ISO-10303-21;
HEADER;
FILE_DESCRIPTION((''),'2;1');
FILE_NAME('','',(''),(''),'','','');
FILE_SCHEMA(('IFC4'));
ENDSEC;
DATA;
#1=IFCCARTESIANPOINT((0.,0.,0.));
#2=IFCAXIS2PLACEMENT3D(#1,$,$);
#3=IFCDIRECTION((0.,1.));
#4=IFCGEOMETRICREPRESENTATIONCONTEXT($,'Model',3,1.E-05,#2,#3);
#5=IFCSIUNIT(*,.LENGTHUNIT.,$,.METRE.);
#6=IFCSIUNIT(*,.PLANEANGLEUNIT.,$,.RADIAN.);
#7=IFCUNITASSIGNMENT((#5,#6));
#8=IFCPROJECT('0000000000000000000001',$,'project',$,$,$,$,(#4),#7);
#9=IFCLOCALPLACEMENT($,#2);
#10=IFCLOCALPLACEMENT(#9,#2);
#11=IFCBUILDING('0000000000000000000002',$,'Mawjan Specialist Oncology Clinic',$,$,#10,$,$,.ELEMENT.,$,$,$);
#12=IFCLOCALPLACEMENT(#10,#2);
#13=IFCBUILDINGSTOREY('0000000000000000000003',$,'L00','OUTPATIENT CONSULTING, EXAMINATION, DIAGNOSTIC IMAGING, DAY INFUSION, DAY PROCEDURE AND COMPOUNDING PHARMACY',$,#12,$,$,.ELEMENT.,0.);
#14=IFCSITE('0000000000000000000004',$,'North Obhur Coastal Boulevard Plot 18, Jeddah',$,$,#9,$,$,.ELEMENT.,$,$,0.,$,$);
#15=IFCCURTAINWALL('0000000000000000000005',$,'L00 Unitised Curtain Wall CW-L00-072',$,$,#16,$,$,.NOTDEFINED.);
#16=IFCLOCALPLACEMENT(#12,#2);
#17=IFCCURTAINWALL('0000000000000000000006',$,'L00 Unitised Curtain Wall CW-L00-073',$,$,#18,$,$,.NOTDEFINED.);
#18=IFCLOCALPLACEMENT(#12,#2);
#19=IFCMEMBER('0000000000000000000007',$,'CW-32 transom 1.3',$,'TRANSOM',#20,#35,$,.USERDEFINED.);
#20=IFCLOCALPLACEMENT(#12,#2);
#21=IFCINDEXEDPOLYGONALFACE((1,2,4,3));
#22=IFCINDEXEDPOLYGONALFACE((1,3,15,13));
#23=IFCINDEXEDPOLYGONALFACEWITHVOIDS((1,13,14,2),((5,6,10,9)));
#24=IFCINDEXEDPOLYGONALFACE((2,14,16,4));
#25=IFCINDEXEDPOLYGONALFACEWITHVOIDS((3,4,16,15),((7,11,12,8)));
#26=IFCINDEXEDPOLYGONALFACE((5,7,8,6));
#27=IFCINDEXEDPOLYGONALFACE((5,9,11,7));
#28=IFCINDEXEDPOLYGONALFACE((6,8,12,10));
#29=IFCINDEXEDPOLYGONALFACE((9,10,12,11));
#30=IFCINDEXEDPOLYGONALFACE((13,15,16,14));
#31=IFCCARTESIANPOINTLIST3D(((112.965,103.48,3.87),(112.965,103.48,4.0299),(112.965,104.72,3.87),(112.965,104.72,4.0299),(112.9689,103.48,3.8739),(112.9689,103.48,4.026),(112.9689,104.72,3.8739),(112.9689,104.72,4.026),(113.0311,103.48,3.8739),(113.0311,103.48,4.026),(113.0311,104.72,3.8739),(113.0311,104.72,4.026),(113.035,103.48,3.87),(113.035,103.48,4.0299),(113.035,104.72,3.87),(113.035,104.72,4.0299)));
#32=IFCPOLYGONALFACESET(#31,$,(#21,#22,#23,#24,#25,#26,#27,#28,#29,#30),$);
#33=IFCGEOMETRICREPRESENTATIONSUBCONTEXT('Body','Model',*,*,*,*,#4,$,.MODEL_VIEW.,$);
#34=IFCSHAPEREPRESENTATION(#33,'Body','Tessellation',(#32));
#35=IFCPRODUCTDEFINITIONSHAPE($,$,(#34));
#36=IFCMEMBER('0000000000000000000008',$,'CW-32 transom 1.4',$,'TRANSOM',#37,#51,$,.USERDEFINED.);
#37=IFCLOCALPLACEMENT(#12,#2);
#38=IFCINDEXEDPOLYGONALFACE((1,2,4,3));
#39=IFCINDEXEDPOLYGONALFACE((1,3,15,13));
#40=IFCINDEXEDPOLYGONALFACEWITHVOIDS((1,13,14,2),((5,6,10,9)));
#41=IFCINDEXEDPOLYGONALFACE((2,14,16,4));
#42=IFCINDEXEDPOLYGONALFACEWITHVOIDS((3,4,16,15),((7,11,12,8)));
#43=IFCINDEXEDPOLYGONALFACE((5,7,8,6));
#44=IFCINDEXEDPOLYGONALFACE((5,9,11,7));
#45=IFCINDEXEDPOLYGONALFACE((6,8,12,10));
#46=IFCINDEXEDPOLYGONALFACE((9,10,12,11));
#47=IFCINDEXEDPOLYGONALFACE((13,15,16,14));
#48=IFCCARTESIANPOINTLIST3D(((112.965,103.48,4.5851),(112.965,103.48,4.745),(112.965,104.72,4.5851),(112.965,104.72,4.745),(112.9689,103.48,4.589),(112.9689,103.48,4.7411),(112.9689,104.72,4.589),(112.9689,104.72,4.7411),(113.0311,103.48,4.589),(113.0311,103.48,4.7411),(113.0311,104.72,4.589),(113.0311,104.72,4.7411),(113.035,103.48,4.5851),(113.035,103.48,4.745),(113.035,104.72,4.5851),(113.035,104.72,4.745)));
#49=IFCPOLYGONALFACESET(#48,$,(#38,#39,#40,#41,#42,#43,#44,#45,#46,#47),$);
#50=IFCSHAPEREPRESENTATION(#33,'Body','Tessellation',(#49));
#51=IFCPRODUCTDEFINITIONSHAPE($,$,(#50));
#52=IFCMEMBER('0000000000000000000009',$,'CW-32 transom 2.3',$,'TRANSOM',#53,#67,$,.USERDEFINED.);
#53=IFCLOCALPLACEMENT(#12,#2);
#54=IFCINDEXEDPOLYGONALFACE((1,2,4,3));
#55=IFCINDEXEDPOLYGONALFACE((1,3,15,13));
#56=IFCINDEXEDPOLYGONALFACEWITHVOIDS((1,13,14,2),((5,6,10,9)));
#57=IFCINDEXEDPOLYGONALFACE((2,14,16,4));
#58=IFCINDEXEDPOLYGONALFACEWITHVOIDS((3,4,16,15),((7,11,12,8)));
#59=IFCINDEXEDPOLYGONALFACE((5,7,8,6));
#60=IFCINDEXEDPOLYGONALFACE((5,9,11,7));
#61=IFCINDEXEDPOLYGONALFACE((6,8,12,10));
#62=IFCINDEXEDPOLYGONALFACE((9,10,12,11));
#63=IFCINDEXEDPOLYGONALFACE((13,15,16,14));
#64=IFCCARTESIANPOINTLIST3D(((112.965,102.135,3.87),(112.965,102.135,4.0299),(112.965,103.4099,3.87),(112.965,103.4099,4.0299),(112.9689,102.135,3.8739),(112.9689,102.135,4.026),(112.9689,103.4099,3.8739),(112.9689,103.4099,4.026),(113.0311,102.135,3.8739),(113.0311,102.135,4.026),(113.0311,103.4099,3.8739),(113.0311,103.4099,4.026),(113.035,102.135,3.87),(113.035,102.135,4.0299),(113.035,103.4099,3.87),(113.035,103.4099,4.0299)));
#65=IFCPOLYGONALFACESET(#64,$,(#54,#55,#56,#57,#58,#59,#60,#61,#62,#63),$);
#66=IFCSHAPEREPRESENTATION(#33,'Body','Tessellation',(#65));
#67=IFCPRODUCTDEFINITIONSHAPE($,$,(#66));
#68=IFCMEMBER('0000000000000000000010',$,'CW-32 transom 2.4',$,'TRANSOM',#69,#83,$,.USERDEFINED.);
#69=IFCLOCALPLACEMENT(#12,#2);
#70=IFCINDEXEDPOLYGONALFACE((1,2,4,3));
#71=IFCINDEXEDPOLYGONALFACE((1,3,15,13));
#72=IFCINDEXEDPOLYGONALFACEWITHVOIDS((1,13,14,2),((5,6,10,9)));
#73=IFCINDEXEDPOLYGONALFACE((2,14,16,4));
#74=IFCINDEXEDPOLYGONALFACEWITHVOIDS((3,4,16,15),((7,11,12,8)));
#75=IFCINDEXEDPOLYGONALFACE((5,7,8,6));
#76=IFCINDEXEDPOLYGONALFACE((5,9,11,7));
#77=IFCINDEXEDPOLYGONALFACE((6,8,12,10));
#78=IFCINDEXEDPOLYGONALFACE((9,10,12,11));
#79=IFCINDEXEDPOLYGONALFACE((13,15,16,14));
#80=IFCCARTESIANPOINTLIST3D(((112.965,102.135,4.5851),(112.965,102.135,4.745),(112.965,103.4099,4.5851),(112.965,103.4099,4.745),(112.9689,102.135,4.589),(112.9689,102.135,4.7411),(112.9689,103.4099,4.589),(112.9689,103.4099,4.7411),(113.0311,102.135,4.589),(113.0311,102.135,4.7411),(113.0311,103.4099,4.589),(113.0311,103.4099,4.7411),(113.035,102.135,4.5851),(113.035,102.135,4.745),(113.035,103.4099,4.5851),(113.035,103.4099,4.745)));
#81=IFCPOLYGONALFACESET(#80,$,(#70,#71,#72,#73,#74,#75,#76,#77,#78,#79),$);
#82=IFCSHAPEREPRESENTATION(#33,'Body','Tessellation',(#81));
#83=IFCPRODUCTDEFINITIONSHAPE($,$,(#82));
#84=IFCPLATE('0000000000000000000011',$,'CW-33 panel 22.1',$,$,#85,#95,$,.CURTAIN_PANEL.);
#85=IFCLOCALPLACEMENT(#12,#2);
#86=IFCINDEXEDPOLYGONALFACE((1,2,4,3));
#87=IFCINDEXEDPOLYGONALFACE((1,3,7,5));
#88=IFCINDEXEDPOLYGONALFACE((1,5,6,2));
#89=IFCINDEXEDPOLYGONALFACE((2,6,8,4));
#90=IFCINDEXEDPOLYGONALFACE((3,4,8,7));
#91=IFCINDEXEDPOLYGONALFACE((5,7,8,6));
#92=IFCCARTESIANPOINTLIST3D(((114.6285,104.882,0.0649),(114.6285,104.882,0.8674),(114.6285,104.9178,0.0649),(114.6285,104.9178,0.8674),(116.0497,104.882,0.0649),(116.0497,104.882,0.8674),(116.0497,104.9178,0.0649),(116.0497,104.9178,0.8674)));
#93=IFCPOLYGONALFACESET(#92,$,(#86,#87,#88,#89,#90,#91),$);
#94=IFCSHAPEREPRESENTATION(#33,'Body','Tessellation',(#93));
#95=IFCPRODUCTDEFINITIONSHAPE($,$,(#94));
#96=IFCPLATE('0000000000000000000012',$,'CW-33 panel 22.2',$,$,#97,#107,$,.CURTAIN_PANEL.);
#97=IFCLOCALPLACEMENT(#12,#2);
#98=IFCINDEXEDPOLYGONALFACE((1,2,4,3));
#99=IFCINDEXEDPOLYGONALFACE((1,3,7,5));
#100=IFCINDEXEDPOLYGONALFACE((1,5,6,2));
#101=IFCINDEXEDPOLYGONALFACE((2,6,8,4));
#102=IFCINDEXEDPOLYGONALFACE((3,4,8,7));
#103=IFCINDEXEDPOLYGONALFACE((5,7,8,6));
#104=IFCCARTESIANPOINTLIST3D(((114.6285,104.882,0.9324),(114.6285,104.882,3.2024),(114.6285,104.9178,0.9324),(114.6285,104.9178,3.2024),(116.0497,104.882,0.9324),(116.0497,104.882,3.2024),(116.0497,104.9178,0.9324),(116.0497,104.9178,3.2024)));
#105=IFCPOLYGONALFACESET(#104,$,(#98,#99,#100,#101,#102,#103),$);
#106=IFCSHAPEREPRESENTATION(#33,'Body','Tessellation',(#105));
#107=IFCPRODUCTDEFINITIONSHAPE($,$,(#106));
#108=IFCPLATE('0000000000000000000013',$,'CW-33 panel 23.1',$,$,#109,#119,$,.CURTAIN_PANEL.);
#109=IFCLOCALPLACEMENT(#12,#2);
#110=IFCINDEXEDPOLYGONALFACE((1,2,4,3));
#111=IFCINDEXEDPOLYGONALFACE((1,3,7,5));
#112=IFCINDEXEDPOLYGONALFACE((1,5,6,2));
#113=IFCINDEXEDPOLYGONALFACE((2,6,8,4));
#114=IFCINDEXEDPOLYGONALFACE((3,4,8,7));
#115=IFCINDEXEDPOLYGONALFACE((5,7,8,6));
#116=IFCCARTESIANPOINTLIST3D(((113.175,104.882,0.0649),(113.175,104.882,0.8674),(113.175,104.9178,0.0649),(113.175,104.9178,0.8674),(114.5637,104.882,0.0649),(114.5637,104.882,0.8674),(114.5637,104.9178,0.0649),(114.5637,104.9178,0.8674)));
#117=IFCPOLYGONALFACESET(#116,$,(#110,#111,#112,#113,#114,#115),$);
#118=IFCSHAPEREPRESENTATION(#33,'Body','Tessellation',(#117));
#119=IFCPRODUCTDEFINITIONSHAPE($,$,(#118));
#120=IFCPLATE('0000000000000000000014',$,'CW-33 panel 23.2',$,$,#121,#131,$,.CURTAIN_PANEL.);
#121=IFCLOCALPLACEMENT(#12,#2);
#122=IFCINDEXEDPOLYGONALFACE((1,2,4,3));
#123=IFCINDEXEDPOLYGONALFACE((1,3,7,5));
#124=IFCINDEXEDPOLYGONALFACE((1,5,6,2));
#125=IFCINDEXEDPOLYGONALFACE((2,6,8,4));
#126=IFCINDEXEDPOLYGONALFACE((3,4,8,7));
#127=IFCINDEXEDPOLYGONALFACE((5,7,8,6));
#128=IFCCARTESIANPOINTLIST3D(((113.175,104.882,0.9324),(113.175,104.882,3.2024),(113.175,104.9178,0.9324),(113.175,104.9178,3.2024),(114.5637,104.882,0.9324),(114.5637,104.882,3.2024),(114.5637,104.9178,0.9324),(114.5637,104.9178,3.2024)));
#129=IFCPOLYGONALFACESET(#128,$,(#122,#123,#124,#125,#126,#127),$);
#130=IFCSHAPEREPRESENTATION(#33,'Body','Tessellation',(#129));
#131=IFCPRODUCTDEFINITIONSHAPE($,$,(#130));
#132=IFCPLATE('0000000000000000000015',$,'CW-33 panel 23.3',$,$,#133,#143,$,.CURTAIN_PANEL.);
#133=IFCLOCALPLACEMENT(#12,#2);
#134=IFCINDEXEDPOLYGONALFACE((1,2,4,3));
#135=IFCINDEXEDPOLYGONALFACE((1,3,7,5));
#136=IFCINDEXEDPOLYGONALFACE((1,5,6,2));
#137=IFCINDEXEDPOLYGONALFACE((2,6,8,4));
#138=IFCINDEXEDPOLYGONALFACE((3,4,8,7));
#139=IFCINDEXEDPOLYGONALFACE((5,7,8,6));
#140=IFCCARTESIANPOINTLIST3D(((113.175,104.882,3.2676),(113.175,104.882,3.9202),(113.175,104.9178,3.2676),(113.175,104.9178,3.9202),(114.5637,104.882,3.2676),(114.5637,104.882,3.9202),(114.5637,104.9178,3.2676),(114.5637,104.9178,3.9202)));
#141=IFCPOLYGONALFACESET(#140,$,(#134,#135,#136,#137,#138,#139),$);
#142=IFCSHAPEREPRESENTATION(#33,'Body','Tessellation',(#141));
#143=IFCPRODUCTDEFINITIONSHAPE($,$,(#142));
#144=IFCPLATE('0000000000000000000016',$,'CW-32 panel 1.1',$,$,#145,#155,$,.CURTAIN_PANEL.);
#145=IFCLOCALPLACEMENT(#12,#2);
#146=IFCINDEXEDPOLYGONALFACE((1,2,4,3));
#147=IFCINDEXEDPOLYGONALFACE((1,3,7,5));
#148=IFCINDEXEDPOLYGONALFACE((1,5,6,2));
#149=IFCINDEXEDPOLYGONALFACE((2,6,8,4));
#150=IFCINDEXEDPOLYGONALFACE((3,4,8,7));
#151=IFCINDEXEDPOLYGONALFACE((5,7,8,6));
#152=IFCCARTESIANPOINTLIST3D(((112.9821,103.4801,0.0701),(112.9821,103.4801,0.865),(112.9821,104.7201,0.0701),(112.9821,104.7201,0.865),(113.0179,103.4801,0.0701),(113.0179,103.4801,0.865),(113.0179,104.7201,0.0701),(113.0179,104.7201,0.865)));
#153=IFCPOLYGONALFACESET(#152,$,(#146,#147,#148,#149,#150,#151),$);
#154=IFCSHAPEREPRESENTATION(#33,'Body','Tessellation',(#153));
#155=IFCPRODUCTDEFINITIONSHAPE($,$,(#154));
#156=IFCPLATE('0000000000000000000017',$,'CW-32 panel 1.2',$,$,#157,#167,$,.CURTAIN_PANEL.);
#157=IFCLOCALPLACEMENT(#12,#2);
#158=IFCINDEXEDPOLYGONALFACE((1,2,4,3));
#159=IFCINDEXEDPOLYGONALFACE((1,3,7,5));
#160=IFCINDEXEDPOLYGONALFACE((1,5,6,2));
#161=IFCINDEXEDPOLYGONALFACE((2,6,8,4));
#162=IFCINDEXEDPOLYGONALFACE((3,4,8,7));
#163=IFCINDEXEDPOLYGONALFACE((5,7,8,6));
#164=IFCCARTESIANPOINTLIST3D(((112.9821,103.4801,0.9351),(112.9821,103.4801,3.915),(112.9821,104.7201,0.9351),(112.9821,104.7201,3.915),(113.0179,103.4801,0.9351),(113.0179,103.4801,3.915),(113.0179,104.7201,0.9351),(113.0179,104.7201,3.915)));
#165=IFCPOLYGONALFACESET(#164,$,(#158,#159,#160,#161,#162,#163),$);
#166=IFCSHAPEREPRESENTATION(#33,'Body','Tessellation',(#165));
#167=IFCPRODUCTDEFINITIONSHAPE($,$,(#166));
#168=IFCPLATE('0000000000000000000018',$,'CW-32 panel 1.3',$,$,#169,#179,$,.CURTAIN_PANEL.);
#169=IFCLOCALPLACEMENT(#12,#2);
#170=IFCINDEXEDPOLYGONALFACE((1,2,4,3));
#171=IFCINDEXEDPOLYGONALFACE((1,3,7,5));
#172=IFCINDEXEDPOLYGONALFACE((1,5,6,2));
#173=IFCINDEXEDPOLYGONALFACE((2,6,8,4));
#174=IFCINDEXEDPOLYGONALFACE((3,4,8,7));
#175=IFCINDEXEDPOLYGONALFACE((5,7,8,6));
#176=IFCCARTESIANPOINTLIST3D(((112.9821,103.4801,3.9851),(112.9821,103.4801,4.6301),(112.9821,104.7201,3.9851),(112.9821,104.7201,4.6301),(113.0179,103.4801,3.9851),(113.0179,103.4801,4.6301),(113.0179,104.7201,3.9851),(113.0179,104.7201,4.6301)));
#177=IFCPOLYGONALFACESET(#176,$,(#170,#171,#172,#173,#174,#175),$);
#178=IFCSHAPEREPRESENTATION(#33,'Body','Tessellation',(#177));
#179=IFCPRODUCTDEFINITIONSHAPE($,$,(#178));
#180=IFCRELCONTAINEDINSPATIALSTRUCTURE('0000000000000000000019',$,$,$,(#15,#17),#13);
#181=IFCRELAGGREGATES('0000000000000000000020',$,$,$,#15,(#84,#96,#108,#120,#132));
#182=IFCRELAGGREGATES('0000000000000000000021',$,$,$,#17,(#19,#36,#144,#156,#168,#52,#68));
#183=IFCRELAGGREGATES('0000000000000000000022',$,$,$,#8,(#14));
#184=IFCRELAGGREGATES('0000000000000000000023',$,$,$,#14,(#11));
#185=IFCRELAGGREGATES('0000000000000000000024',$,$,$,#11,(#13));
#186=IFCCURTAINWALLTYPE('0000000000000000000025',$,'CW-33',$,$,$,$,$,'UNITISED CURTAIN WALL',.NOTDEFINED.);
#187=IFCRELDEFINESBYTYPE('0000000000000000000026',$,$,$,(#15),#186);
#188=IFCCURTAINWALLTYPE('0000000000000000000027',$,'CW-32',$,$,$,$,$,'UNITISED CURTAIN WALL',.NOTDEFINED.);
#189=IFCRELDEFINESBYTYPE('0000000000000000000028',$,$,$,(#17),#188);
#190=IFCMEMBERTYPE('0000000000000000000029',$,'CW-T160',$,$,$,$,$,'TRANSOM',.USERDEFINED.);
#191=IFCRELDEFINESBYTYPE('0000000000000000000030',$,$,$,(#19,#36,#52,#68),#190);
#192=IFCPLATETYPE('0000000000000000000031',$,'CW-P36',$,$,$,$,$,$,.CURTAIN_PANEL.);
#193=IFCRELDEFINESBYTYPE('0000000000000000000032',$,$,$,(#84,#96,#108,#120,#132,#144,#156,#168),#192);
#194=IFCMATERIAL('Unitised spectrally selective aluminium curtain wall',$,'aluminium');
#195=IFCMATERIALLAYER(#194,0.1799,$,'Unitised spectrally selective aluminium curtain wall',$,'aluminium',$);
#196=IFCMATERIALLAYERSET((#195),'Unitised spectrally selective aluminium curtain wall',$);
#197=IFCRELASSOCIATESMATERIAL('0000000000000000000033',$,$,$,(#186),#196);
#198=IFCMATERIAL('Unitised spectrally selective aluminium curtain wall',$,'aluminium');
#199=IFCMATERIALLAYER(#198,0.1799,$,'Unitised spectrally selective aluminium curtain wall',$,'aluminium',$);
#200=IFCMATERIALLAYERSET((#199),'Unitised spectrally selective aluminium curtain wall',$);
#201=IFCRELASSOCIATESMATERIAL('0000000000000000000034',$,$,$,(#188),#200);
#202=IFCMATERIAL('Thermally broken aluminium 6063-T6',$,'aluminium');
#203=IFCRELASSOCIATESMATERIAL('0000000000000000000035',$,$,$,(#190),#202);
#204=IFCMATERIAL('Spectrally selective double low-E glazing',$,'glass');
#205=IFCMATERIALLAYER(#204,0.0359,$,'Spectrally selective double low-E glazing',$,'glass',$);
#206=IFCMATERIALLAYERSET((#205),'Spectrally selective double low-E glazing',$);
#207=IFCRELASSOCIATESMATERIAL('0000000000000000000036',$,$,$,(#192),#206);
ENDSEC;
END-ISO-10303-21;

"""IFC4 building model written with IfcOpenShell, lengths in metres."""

from ifc_helpers import new_model, si_unit, direction, frame, origin, origin_2d, place, context, subcontext, project, spatial, rectangle, hollow_rectangle, extrude, material, layer, layer_set, material_profile, profile_set, type_object, element, aggregate, save


model = new_model("IFC4")

# Units and contexts
model_context = context("Model", 3, precision=1e-05, world=origin(), true_north=direction((0.0, 1.0)))
body_context = subcontext(model_context, "Body", "Model", "MODEL_VIEW")
ifc_project = project(units=[si_unit("LENGTHUNIT", "METRE"), si_unit("PLANEANGLEUNIT", "RADIAN")], contexts=[model_context])

# Site, building, storey
site_placement = place(None, origin())
site = spatial("IfcSite", under=ifc_project, at=site_placement, Name="North Obhur Coastal Boulevard Plot 18, Jeddah", CompositionType="ELEMENT", RefElevation=0.0)
building_placement = place(site_placement, origin())
building = spatial("IfcBuilding", under=site, at=building_placement, Name="Mawjan Specialist Oncology Clinic", CompositionType="ELEMENT")
storey_placement = place(building_placement, origin())
storey = spatial("IfcBuildingStorey", under=building, at=storey_placement, Name="L00", Description="OUTPATIENT CONSULTING, EXAMINATION, DIAGNOSTIC IMAGING, DAY INFUSION, DAY PROCEDURE AND COMPOUNDING PHARMACY", CompositionType="ELEMENT", Elevation=0.0)

# Curtain walls
ifc_material_1 = material(Name="Unitised spectrally selective aluminium curtain wall", Category="aluminium")
ifc_layer_1 = layer(ifc_material_1, 0.1799, Name="Unitised spectrally selective aluminium curtain wall", Category="aluminium")
ifc_layer_set_1 = layer_set([ifc_layer_1], Name="Unitised spectrally selective aluminium curtain wall")
curtain_wall_type_1 = type_object("IfcCurtainWallType", Name="CW-33", ElementType="UNITISED CURTAIN WALL", PredefinedType="NOTDEFINED", material=ifc_layer_set_1)
curtain_wall_1_placement = place(storey_placement, origin())
curtain_wall_1 = element("IfcCurtainWall", 1, at=curtain_wall_1_placement, inside=storey, type_object=curtain_wall_type_1, Name="L00 Unitised Curtain Wall CW-L00-072", PredefinedType="NOTDEFINED")
ifc_material_2 = material(Name="Unitised spectrally selective aluminium curtain wall", Category="aluminium")
ifc_layer_2 = layer(ifc_material_2, 0.1799, Name="Unitised spectrally selective aluminium curtain wall", Category="aluminium")
ifc_layer_set_2 = layer_set([ifc_layer_2], Name="Unitised spectrally selective aluminium curtain wall")
curtain_wall_type_2 = type_object("IfcCurtainWallType", Name="CW-32", ElementType="UNITISED CURTAIN WALL", PredefinedType="NOTDEFINED", material=ifc_layer_set_2)
curtain_wall_2_placement = place(storey_placement, origin())
curtain_wall_2 = element("IfcCurtainWall", 2, at=curtain_wall_2_placement, inside=storey, type_object=curtain_wall_type_2, Name="L00 Unitised Curtain Wall CW-L00-073", PredefinedType="NOTDEFINED")

# Members
ifc_material_3 = material(Name="Thermally broken aluminium 6063-T6", Category="aluminium")
ifc_material_profile_1 = material_profile(ifc_material_3, hollow_rectangle(XDim=0.0701, YDim=0.1599, WallThickness=0.0039, at=origin_2d()), Name="ALU TRANSOM 160x70x4", Category="aluminium")
ifc_profile_set_1 = profile_set([ifc_material_profile_1], Name="Thermally broken aluminium 6063-T6")
member_type_1 = type_object("IfcMemberType", Name="CW-T160", ElementType="TRANSOM", PredefinedType="USERDEFINED", material=ifc_profile_set_1)
member_1_placement = place(storey_placement, frame((113.0, 104.72, 3.95), z_axis=(0.0, -1.0, 0.0), x_axis=(1.0, 0.0, 0.0)))
member_1 = element("IfcMember", 3, at=member_1_placement, type_object=member_type_1, Name="CW-32 transom 1.3", ObjectType="TRANSOM", PredefinedType="USERDEFINED", context=body_context, shape_type="SweptSolid", body=[
    extrude(hollow_rectangle(XDim=0.0701, YDim=0.1599, WallThickness=0.0039, at=origin_2d()), origin(), (0.0, 0.0, 1.0), 1.24),
])
member_2_placement = place(storey_placement, frame((113.0, 104.72, 4.665), z_axis=(0.0, -1.0, 0.0), x_axis=(1.0, 0.0, 0.0)))
member_2 = element("IfcMember", 4, at=member_2_placement, type_object=member_type_1, Name="CW-32 transom 1.4", ObjectType="TRANSOM", PredefinedType="USERDEFINED", context=body_context, shape_type="SweptSolid", body=[
    extrude(hollow_rectangle(XDim=0.0701, YDim=0.1599, WallThickness=0.0039, at=origin_2d()), origin(), (0.0, 0.0, 1.0), 1.24),
])
member_3_placement = place(storey_placement, frame((113.0, 103.4099, 3.95), z_axis=(0.0, -1.0, 0.0), x_axis=(1.0, 0.0, 0.0)))
member_3 = element("IfcMember", 5, at=member_3_placement, type_object=member_type_1, Name="CW-32 transom 2.3", ObjectType="TRANSOM", PredefinedType="USERDEFINED", context=body_context, shape_type="SweptSolid", body=[
    extrude(hollow_rectangle(XDim=0.0701, YDim=0.1599, WallThickness=0.0039, at=origin_2d()), origin(), (0.0, 0.0, 1.0), 1.2749),
])
member_4_placement = place(storey_placement, frame((113.0, 103.4099, 4.665), z_axis=(0.0, -1.0, 0.0), x_axis=(1.0, 0.0, 0.0)))
member_4 = element("IfcMember", 6, at=member_4_placement, type_object=member_type_1, Name="CW-32 transom 2.4", ObjectType="TRANSOM", PredefinedType="USERDEFINED", context=body_context, shape_type="SweptSolid", body=[
    extrude(hollow_rectangle(XDim=0.0701, YDim=0.1599, WallThickness=0.0039, at=origin_2d()), origin(), (0.0, 0.0, 1.0), 1.2749),
])

# Plates
ifc_material_4 = material(Name="Spectrally selective double low-E glazing", Category="glass")
ifc_layer_3 = layer(ifc_material_4, 0.0359, Name="Spectrally selective double low-E glazing", Category="glass")
ifc_layer_set_3 = layer_set([ifc_layer_3], Name="Spectrally selective double low-E glazing")
plate_type = type_object("IfcPlateType", Name="CW-P36", PredefinedType="CURTAIN_PANEL", material=ifc_layer_set_3)
plate_1_placement = place(storey_placement, frame((115.3391, 104.8999, 0.0649), z_axis=(0.0, 0.0, 1.0), x_axis=(-1.0, 0.0, 0.0)))
plate_1 = element("IfcPlate", 7, at=plate_1_placement, type_object=plate_type, Name="CW-33 panel 22.1", PredefinedType="CURTAIN_PANEL", context=body_context, shape_type="SweptSolid", body=[
    extrude(rectangle(XDim=1.4211, YDim=0.0359, at=origin_2d()), origin(), (0.0, 0.0, 1.0), 0.8025),
])
plate_2_placement = place(storey_placement, frame((115.3391, 104.8999, 0.9324), z_axis=(0.0, 0.0, 1.0), x_axis=(-1.0, 0.0, 0.0)))
plate_2 = element("IfcPlate", 8, at=plate_2_placement, type_object=plate_type, Name="CW-33 panel 22.2", PredefinedType="CURTAIN_PANEL", context=body_context, shape_type="SweptSolid", body=[
    extrude(rectangle(XDim=1.4211, YDim=0.0359, at=origin_2d()), origin(), (0.0, 0.0, 1.0), 2.27),
])
plate_3_placement = place(storey_placement, frame((113.8694, 104.8999, 0.0649), z_axis=(0.0, 0.0, 1.0), x_axis=(-1.0, 0.0, 0.0)))
plate_3 = element("IfcPlate", 9, at=plate_3_placement, type_object=plate_type, Name="CW-33 panel 23.1", PredefinedType="CURTAIN_PANEL", context=body_context, shape_type="SweptSolid", body=[
    extrude(rectangle(XDim=1.3887, YDim=0.0359, at=origin_2d()), origin(), (0.0, 0.0, 1.0), 0.8025),
])
plate_4_placement = place(storey_placement, frame((113.8694, 104.8999, 0.9324), z_axis=(0.0, 0.0, 1.0), x_axis=(-1.0, 0.0, 0.0)))
plate_4 = element("IfcPlate", 10, at=plate_4_placement, type_object=plate_type, Name="CW-33 panel 23.2", PredefinedType="CURTAIN_PANEL", context=body_context, shape_type="SweptSolid", body=[
    extrude(rectangle(XDim=1.3887, YDim=0.0359, at=origin_2d()), origin(), (0.0, 0.0, 1.0), 2.27),
])
plate_5_placement = place(storey_placement, frame((113.8694, 104.8999, 3.2676), z_axis=(0.0, 0.0, 1.0), x_axis=(-1.0, 0.0, 0.0)))
plate_5 = element("IfcPlate", 11, at=plate_5_placement, type_object=plate_type, Name="CW-33 panel 23.3", PredefinedType="CURTAIN_PANEL", context=body_context, shape_type="SweptSolid", body=[
    extrude(rectangle(XDim=1.3887, YDim=0.0359, at=origin_2d()), origin(), (0.0, 0.0, 1.0), 0.6526),
])
aggregate(curtain_wall_1, [plate_1, plate_2, plate_3, plate_4, plate_5])
plate_6_placement = place(storey_placement, frame((113.0, 104.1001, 0.0701), z_axis=(0.0, 0.0, 1.0), x_axis=(0.0, -1.0, 0.0)))
plate_6 = element("IfcPlate", 12, at=plate_6_placement, type_object=plate_type, Name="CW-32 panel 1.1", PredefinedType="CURTAIN_PANEL", context=body_context, shape_type="SweptSolid", body=[
    extrude(rectangle(XDim=1.24, YDim=0.0359, at=origin_2d()), origin(), (0.0, 0.0, 1.0), 0.7949),
])
plate_7_placement = place(storey_placement, frame((113.0, 104.1001, 0.9351), z_axis=(0.0, 0.0, 1.0), x_axis=(0.0, -1.0, 0.0)))
plate_7 = element("IfcPlate", 13, at=plate_7_placement, type_object=plate_type, Name="CW-32 panel 1.2", PredefinedType="CURTAIN_PANEL", context=body_context, shape_type="SweptSolid", body=[
    extrude(rectangle(XDim=1.24, YDim=0.0359, at=origin_2d()), origin(), (0.0, 0.0, 1.0), 2.98),
])
plate_8_placement = place(storey_placement, frame((113.0, 104.1001, 3.9851), z_axis=(0.0, 0.0, 1.0), x_axis=(0.0, -1.0, 0.0)))
plate_8 = element("IfcPlate", 14, at=plate_8_placement, type_object=plate_type, Name="CW-32 panel 1.3", PredefinedType="CURTAIN_PANEL", context=body_context, shape_type="SweptSolid", body=[
    extrude(rectangle(XDim=1.24, YDim=0.0359, at=origin_2d()), origin(), (0.0, 0.0, 1.0), 0.645),
])
aggregate(curtain_wall_2, [member_1, member_2, plate_6, plate_7, plate_8, member_3, member_4])

save(model, "model.ifc")
